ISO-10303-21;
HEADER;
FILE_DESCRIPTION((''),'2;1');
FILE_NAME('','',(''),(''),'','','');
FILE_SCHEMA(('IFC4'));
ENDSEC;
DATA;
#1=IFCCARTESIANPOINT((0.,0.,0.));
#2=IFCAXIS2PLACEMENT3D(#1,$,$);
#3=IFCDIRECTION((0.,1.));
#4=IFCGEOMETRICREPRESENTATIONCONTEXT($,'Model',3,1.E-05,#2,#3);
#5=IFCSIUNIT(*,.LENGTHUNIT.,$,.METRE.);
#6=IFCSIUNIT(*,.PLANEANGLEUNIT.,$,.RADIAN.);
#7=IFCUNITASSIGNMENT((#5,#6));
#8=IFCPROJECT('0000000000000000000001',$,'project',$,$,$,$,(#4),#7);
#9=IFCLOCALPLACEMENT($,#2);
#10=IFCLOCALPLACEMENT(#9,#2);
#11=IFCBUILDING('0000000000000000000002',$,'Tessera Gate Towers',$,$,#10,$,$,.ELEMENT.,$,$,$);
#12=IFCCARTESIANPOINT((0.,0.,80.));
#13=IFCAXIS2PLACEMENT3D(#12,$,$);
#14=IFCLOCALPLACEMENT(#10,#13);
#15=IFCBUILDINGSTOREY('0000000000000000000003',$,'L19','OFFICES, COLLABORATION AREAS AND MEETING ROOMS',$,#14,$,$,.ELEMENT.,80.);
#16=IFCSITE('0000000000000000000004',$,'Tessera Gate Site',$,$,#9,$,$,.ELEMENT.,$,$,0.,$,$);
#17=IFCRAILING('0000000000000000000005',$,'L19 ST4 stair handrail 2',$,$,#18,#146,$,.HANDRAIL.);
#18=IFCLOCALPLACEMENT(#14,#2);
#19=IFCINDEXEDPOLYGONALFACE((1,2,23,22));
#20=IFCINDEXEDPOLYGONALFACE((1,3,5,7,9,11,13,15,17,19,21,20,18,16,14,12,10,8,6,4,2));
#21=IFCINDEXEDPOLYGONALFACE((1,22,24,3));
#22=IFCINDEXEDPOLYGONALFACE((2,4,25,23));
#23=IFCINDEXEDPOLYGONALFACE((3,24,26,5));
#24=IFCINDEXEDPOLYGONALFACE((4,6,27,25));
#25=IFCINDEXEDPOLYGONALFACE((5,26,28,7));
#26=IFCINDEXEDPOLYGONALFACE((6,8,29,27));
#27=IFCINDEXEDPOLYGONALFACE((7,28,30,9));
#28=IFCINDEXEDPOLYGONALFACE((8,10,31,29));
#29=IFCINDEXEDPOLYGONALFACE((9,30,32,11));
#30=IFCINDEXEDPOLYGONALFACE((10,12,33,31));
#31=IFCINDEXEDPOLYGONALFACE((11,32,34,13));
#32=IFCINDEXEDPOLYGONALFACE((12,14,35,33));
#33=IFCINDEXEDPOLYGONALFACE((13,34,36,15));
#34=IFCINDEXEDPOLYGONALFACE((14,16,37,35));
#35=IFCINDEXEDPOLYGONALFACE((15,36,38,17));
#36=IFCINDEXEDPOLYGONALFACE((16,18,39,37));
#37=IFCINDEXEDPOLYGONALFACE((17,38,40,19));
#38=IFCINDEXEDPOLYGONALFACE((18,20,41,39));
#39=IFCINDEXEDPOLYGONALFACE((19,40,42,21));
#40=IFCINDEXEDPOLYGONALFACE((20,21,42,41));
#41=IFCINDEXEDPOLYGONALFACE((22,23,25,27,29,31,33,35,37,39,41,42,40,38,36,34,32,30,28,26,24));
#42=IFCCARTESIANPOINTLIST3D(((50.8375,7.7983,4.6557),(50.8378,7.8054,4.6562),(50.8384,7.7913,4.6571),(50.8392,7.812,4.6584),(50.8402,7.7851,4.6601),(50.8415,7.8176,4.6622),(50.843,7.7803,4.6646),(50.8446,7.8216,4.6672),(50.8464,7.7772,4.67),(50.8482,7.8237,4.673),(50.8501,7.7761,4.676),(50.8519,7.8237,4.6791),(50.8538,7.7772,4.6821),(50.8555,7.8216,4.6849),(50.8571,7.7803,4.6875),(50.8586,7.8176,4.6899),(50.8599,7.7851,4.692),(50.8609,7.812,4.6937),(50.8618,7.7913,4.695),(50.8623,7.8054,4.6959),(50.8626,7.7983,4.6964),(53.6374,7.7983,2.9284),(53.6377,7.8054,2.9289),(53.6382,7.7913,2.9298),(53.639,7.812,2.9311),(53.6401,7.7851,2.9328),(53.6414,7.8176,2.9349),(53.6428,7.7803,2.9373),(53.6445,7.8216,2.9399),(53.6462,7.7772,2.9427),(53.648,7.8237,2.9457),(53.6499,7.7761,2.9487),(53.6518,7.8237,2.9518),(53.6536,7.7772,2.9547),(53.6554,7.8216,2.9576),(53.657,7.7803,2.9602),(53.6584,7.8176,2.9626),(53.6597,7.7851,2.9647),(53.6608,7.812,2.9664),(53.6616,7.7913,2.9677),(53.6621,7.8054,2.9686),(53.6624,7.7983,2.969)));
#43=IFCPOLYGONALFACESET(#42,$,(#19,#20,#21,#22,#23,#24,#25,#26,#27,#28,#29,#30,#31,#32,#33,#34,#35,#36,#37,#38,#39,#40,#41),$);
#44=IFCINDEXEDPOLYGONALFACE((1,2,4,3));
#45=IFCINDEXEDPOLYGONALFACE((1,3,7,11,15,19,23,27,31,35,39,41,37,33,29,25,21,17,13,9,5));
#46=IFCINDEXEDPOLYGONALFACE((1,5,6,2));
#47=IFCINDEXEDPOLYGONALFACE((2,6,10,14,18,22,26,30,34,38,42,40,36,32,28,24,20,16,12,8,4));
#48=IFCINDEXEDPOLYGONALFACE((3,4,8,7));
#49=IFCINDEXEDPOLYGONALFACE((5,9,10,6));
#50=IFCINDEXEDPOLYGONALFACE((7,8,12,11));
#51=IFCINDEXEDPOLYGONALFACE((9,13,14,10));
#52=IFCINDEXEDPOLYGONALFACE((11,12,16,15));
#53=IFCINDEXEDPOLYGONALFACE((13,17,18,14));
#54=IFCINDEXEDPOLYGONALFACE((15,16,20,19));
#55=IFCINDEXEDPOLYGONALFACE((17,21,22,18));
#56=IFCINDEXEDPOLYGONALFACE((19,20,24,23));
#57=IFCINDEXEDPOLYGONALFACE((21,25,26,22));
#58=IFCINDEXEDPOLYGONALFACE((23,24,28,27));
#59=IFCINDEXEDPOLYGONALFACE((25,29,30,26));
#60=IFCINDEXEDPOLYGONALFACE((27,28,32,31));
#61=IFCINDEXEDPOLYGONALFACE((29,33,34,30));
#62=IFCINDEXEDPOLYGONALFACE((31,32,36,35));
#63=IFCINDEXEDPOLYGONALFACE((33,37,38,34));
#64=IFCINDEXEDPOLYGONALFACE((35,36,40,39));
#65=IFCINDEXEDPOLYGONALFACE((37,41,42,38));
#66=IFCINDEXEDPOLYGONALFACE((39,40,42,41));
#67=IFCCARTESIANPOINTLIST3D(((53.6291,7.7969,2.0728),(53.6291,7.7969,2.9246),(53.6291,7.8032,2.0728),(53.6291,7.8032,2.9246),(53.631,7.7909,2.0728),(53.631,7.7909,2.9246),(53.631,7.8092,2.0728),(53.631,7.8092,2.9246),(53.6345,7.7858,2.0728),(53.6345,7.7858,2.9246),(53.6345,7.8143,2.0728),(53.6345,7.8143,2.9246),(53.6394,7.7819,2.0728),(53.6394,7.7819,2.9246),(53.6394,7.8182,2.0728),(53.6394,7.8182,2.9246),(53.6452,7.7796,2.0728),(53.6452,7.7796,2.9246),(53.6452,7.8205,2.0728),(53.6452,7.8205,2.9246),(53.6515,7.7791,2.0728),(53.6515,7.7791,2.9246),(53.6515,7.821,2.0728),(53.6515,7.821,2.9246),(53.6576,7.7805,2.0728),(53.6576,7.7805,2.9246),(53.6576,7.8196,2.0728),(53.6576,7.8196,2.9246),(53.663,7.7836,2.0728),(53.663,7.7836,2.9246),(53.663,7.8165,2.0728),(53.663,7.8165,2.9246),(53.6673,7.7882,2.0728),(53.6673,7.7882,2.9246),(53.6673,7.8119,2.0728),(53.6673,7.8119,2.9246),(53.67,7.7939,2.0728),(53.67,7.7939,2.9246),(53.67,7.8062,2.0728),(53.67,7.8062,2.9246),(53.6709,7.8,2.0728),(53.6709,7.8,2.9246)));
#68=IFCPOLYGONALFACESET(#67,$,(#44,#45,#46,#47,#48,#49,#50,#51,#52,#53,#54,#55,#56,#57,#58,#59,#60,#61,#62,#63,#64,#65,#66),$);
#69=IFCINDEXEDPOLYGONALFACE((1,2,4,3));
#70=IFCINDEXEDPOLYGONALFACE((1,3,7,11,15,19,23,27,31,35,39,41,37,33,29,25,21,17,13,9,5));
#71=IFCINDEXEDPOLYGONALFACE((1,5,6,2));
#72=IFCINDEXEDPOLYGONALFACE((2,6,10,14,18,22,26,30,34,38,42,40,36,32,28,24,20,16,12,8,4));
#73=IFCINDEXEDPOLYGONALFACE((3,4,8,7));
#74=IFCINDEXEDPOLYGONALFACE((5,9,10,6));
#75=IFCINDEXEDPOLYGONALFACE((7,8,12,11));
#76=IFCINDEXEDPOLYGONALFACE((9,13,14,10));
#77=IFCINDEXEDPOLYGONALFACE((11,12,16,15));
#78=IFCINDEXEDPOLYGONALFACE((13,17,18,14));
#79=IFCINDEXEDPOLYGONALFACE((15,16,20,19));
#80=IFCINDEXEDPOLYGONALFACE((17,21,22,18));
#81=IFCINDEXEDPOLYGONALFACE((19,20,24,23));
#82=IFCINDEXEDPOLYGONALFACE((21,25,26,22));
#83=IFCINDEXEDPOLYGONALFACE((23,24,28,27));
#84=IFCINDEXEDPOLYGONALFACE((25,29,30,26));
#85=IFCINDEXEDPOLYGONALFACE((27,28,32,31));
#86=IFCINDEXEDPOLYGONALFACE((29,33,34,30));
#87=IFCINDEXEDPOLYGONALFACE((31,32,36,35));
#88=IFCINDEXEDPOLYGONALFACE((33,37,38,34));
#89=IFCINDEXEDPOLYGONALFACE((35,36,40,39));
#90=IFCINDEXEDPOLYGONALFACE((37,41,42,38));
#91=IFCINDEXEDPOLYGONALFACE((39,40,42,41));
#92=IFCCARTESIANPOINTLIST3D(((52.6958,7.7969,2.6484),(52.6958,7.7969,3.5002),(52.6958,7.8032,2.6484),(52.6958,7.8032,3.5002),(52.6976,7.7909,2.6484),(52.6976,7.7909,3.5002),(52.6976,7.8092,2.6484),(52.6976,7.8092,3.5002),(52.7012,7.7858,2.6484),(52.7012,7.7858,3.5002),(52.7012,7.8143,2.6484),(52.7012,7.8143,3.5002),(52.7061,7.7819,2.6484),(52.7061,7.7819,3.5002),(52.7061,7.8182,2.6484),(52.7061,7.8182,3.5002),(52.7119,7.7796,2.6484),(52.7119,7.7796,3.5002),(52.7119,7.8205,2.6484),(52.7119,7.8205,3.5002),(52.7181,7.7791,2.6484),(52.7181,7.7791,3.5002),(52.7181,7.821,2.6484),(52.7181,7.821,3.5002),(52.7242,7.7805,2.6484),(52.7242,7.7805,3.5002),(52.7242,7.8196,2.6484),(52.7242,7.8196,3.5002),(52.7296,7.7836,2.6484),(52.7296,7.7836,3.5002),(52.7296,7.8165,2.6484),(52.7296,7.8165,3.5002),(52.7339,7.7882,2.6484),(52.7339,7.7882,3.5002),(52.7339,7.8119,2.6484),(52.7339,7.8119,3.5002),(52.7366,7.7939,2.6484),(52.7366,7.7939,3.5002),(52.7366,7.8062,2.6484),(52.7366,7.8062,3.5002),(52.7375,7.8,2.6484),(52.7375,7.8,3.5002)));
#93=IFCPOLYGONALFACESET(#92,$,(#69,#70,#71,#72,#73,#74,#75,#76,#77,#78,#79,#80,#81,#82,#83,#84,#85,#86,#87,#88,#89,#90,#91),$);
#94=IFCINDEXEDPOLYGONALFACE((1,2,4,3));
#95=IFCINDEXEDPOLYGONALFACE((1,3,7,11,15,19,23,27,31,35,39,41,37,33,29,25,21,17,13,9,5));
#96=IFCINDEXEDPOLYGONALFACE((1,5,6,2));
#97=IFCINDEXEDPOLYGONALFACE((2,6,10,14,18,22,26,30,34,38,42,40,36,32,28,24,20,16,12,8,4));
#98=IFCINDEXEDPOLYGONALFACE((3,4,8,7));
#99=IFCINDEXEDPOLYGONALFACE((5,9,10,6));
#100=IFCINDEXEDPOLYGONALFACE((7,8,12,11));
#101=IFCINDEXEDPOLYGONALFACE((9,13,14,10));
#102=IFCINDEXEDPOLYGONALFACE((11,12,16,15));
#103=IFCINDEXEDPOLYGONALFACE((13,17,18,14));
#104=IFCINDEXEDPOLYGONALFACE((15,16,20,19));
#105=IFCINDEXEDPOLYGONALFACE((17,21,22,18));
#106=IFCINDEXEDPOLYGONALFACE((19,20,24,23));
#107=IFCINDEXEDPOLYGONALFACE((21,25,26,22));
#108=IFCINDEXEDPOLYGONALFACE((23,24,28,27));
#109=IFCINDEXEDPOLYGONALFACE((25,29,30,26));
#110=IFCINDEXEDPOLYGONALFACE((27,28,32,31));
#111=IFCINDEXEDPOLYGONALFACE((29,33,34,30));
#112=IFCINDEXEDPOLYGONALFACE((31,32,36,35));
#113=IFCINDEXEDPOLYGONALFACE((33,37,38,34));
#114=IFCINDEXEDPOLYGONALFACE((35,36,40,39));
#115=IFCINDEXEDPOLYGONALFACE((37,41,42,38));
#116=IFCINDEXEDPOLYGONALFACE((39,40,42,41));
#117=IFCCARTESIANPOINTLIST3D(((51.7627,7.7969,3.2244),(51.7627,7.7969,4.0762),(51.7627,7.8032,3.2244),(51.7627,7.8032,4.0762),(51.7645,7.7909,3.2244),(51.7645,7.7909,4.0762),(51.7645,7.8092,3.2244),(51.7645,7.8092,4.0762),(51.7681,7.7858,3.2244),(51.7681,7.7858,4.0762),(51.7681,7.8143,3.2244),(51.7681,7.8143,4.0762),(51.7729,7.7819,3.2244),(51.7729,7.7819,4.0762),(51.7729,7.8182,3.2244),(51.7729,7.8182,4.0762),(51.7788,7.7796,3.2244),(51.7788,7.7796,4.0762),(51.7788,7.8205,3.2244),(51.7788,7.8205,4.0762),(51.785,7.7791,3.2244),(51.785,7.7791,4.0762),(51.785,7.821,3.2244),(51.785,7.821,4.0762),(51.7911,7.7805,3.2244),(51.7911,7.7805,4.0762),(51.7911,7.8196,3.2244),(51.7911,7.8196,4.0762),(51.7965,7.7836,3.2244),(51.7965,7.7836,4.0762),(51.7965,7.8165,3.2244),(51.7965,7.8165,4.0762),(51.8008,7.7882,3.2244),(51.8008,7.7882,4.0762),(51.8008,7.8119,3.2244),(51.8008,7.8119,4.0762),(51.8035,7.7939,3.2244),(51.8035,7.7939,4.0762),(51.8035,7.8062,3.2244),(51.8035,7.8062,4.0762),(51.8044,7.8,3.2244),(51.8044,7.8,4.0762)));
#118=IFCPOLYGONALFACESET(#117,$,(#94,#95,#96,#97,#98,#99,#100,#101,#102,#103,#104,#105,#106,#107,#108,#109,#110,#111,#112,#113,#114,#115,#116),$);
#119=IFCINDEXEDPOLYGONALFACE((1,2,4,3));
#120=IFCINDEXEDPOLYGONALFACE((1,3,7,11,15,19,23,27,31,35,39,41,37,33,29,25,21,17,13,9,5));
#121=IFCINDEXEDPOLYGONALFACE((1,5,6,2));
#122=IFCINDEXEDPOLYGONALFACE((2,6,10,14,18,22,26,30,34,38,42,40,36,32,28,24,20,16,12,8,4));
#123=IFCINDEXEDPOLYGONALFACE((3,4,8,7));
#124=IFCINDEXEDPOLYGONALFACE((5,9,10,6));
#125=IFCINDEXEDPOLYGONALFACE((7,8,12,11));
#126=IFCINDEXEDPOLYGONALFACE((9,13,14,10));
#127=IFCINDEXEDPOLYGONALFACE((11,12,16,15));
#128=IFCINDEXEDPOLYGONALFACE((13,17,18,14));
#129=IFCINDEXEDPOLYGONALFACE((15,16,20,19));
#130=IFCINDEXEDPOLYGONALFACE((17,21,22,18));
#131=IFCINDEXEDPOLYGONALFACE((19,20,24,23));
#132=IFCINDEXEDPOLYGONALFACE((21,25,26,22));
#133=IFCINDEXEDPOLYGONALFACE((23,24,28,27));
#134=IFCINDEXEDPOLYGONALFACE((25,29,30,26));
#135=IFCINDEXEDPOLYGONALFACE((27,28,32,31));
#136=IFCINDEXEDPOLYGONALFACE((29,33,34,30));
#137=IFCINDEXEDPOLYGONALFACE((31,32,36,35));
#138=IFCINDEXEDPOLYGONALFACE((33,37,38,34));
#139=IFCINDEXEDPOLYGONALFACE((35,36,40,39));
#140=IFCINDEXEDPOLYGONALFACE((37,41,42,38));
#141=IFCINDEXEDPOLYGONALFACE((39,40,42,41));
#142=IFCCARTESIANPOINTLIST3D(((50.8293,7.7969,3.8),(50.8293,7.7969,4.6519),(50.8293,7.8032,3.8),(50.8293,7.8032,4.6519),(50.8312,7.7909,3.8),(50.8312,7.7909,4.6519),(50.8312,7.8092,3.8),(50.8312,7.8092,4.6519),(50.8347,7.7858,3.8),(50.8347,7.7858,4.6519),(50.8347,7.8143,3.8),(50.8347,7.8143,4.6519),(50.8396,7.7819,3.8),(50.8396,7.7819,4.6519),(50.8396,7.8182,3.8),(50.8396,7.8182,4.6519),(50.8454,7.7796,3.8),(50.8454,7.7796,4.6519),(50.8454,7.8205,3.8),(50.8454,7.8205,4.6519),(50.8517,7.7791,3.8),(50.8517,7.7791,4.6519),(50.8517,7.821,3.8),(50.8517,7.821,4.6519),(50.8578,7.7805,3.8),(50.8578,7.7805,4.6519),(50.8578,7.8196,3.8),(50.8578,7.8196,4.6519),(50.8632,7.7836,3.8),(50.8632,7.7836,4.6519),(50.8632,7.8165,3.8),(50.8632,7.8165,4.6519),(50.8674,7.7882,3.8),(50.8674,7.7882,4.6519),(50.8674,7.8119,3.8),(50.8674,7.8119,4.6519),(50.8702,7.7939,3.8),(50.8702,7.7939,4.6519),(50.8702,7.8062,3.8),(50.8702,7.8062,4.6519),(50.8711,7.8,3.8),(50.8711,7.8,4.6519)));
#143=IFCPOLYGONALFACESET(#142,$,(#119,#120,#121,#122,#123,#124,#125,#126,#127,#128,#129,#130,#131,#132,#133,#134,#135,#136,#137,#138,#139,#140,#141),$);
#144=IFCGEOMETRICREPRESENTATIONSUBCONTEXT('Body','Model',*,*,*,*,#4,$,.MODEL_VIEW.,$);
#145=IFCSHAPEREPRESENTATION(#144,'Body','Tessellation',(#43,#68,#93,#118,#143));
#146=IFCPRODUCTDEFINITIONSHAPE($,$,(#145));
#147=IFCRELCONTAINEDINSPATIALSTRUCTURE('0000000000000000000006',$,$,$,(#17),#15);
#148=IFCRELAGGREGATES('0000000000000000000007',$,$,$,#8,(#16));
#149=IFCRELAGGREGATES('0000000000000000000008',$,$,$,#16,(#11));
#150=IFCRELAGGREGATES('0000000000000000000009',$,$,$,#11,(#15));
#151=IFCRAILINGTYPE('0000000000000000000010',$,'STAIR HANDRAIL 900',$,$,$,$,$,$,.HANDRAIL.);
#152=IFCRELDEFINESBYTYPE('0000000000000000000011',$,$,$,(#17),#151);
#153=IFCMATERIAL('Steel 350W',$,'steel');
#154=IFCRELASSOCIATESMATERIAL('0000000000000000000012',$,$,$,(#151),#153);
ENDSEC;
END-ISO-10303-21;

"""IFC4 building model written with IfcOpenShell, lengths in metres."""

from ifc_helpers import new_model, si_unit, direction, frame, origin, origin_2d, place, context, subcontext, project, spatial, circle, extrude, material, type_object, element, save


model = new_model("IFC4")

# Units and contexts
model_context = context("Model", 3, precision=1e-05, world=origin(), true_north=direction((0.0, 1.0)))
body_context = subcontext(model_context, "Body", "Model", "MODEL_VIEW")
ifc_project = project(units=[si_unit("LENGTHUNIT", "METRE"), si_unit("PLANEANGLEUNIT", "RADIAN")], contexts=[model_context])

# Site, building, storey
site_placement = place(None, origin())
site = spatial("IfcSite", under=ifc_project, at=site_placement, Name="Tessera Gate Site", CompositionType="ELEMENT", RefElevation=0.0)
building_placement = place(site_placement, origin())
building = spatial("IfcBuilding", under=site, at=building_placement, Name="Tessera Gate Towers", CompositionType="ELEMENT")
storey_placement = place(building_placement, frame((0.0, 0.0, 80.0)))
storey = spatial("IfcBuildingStorey", under=building, at=storey_placement, Name="L19", Description="OFFICES, COLLABORATION AREAS AND MEETING ROOMS", CompositionType="ELEMENT", Elevation=80.0)

# Railing
ifc_material_1 = material(Name="Steel 350W", Category="steel")
railing_type_1 = type_object("IfcRailingType", Name="STAIR HANDRAIL 900", PredefinedType="HANDRAIL", material=ifc_material_1)
railing_1_placement = place(storey_placement, frame((53.6499, 7.8, 2.0728)))
element("IfcRailing", 1, at=railing_1_placement, inside=storey, type_object=railing_type_1, Name="L19 ST4 stair handrail 2", PredefinedType="HANDRAIL", context=body_context, shape_type="SweptSolid", body=[
    extrude(circle(Radius=0.0239, at=origin_2d()), frame((0.0, 0.0, 0.876), z_axis=(-0.851069, 0.0, 0.525054), x_axis=(0.0, -1.0, 0.0)), (0.0, 0.0, 1.0), 3.2898),
    extrude(circle(Radius=0.021, at=origin_2d()), origin(), (0.0, 0.0, 1.0), 0.8518),
    extrude(circle(Radius=0.021, at=origin_2d()), frame((-0.9333, 0.0, 0.5757)), (0.0, 0.0, 1.0), 0.8518),
    extrude(circle(Radius=0.021, at=origin_2d()), frame((-1.8665, 0.0, 1.1516)), (0.0, 0.0, 1.0), 0.8518),
    extrude(circle(Radius=0.021, at=origin_2d()), frame((-2.7998, 0.0, 1.7273)), (0.0, 0.0, 1.0), 0.8518),
])

save(model, "model.ifc")
